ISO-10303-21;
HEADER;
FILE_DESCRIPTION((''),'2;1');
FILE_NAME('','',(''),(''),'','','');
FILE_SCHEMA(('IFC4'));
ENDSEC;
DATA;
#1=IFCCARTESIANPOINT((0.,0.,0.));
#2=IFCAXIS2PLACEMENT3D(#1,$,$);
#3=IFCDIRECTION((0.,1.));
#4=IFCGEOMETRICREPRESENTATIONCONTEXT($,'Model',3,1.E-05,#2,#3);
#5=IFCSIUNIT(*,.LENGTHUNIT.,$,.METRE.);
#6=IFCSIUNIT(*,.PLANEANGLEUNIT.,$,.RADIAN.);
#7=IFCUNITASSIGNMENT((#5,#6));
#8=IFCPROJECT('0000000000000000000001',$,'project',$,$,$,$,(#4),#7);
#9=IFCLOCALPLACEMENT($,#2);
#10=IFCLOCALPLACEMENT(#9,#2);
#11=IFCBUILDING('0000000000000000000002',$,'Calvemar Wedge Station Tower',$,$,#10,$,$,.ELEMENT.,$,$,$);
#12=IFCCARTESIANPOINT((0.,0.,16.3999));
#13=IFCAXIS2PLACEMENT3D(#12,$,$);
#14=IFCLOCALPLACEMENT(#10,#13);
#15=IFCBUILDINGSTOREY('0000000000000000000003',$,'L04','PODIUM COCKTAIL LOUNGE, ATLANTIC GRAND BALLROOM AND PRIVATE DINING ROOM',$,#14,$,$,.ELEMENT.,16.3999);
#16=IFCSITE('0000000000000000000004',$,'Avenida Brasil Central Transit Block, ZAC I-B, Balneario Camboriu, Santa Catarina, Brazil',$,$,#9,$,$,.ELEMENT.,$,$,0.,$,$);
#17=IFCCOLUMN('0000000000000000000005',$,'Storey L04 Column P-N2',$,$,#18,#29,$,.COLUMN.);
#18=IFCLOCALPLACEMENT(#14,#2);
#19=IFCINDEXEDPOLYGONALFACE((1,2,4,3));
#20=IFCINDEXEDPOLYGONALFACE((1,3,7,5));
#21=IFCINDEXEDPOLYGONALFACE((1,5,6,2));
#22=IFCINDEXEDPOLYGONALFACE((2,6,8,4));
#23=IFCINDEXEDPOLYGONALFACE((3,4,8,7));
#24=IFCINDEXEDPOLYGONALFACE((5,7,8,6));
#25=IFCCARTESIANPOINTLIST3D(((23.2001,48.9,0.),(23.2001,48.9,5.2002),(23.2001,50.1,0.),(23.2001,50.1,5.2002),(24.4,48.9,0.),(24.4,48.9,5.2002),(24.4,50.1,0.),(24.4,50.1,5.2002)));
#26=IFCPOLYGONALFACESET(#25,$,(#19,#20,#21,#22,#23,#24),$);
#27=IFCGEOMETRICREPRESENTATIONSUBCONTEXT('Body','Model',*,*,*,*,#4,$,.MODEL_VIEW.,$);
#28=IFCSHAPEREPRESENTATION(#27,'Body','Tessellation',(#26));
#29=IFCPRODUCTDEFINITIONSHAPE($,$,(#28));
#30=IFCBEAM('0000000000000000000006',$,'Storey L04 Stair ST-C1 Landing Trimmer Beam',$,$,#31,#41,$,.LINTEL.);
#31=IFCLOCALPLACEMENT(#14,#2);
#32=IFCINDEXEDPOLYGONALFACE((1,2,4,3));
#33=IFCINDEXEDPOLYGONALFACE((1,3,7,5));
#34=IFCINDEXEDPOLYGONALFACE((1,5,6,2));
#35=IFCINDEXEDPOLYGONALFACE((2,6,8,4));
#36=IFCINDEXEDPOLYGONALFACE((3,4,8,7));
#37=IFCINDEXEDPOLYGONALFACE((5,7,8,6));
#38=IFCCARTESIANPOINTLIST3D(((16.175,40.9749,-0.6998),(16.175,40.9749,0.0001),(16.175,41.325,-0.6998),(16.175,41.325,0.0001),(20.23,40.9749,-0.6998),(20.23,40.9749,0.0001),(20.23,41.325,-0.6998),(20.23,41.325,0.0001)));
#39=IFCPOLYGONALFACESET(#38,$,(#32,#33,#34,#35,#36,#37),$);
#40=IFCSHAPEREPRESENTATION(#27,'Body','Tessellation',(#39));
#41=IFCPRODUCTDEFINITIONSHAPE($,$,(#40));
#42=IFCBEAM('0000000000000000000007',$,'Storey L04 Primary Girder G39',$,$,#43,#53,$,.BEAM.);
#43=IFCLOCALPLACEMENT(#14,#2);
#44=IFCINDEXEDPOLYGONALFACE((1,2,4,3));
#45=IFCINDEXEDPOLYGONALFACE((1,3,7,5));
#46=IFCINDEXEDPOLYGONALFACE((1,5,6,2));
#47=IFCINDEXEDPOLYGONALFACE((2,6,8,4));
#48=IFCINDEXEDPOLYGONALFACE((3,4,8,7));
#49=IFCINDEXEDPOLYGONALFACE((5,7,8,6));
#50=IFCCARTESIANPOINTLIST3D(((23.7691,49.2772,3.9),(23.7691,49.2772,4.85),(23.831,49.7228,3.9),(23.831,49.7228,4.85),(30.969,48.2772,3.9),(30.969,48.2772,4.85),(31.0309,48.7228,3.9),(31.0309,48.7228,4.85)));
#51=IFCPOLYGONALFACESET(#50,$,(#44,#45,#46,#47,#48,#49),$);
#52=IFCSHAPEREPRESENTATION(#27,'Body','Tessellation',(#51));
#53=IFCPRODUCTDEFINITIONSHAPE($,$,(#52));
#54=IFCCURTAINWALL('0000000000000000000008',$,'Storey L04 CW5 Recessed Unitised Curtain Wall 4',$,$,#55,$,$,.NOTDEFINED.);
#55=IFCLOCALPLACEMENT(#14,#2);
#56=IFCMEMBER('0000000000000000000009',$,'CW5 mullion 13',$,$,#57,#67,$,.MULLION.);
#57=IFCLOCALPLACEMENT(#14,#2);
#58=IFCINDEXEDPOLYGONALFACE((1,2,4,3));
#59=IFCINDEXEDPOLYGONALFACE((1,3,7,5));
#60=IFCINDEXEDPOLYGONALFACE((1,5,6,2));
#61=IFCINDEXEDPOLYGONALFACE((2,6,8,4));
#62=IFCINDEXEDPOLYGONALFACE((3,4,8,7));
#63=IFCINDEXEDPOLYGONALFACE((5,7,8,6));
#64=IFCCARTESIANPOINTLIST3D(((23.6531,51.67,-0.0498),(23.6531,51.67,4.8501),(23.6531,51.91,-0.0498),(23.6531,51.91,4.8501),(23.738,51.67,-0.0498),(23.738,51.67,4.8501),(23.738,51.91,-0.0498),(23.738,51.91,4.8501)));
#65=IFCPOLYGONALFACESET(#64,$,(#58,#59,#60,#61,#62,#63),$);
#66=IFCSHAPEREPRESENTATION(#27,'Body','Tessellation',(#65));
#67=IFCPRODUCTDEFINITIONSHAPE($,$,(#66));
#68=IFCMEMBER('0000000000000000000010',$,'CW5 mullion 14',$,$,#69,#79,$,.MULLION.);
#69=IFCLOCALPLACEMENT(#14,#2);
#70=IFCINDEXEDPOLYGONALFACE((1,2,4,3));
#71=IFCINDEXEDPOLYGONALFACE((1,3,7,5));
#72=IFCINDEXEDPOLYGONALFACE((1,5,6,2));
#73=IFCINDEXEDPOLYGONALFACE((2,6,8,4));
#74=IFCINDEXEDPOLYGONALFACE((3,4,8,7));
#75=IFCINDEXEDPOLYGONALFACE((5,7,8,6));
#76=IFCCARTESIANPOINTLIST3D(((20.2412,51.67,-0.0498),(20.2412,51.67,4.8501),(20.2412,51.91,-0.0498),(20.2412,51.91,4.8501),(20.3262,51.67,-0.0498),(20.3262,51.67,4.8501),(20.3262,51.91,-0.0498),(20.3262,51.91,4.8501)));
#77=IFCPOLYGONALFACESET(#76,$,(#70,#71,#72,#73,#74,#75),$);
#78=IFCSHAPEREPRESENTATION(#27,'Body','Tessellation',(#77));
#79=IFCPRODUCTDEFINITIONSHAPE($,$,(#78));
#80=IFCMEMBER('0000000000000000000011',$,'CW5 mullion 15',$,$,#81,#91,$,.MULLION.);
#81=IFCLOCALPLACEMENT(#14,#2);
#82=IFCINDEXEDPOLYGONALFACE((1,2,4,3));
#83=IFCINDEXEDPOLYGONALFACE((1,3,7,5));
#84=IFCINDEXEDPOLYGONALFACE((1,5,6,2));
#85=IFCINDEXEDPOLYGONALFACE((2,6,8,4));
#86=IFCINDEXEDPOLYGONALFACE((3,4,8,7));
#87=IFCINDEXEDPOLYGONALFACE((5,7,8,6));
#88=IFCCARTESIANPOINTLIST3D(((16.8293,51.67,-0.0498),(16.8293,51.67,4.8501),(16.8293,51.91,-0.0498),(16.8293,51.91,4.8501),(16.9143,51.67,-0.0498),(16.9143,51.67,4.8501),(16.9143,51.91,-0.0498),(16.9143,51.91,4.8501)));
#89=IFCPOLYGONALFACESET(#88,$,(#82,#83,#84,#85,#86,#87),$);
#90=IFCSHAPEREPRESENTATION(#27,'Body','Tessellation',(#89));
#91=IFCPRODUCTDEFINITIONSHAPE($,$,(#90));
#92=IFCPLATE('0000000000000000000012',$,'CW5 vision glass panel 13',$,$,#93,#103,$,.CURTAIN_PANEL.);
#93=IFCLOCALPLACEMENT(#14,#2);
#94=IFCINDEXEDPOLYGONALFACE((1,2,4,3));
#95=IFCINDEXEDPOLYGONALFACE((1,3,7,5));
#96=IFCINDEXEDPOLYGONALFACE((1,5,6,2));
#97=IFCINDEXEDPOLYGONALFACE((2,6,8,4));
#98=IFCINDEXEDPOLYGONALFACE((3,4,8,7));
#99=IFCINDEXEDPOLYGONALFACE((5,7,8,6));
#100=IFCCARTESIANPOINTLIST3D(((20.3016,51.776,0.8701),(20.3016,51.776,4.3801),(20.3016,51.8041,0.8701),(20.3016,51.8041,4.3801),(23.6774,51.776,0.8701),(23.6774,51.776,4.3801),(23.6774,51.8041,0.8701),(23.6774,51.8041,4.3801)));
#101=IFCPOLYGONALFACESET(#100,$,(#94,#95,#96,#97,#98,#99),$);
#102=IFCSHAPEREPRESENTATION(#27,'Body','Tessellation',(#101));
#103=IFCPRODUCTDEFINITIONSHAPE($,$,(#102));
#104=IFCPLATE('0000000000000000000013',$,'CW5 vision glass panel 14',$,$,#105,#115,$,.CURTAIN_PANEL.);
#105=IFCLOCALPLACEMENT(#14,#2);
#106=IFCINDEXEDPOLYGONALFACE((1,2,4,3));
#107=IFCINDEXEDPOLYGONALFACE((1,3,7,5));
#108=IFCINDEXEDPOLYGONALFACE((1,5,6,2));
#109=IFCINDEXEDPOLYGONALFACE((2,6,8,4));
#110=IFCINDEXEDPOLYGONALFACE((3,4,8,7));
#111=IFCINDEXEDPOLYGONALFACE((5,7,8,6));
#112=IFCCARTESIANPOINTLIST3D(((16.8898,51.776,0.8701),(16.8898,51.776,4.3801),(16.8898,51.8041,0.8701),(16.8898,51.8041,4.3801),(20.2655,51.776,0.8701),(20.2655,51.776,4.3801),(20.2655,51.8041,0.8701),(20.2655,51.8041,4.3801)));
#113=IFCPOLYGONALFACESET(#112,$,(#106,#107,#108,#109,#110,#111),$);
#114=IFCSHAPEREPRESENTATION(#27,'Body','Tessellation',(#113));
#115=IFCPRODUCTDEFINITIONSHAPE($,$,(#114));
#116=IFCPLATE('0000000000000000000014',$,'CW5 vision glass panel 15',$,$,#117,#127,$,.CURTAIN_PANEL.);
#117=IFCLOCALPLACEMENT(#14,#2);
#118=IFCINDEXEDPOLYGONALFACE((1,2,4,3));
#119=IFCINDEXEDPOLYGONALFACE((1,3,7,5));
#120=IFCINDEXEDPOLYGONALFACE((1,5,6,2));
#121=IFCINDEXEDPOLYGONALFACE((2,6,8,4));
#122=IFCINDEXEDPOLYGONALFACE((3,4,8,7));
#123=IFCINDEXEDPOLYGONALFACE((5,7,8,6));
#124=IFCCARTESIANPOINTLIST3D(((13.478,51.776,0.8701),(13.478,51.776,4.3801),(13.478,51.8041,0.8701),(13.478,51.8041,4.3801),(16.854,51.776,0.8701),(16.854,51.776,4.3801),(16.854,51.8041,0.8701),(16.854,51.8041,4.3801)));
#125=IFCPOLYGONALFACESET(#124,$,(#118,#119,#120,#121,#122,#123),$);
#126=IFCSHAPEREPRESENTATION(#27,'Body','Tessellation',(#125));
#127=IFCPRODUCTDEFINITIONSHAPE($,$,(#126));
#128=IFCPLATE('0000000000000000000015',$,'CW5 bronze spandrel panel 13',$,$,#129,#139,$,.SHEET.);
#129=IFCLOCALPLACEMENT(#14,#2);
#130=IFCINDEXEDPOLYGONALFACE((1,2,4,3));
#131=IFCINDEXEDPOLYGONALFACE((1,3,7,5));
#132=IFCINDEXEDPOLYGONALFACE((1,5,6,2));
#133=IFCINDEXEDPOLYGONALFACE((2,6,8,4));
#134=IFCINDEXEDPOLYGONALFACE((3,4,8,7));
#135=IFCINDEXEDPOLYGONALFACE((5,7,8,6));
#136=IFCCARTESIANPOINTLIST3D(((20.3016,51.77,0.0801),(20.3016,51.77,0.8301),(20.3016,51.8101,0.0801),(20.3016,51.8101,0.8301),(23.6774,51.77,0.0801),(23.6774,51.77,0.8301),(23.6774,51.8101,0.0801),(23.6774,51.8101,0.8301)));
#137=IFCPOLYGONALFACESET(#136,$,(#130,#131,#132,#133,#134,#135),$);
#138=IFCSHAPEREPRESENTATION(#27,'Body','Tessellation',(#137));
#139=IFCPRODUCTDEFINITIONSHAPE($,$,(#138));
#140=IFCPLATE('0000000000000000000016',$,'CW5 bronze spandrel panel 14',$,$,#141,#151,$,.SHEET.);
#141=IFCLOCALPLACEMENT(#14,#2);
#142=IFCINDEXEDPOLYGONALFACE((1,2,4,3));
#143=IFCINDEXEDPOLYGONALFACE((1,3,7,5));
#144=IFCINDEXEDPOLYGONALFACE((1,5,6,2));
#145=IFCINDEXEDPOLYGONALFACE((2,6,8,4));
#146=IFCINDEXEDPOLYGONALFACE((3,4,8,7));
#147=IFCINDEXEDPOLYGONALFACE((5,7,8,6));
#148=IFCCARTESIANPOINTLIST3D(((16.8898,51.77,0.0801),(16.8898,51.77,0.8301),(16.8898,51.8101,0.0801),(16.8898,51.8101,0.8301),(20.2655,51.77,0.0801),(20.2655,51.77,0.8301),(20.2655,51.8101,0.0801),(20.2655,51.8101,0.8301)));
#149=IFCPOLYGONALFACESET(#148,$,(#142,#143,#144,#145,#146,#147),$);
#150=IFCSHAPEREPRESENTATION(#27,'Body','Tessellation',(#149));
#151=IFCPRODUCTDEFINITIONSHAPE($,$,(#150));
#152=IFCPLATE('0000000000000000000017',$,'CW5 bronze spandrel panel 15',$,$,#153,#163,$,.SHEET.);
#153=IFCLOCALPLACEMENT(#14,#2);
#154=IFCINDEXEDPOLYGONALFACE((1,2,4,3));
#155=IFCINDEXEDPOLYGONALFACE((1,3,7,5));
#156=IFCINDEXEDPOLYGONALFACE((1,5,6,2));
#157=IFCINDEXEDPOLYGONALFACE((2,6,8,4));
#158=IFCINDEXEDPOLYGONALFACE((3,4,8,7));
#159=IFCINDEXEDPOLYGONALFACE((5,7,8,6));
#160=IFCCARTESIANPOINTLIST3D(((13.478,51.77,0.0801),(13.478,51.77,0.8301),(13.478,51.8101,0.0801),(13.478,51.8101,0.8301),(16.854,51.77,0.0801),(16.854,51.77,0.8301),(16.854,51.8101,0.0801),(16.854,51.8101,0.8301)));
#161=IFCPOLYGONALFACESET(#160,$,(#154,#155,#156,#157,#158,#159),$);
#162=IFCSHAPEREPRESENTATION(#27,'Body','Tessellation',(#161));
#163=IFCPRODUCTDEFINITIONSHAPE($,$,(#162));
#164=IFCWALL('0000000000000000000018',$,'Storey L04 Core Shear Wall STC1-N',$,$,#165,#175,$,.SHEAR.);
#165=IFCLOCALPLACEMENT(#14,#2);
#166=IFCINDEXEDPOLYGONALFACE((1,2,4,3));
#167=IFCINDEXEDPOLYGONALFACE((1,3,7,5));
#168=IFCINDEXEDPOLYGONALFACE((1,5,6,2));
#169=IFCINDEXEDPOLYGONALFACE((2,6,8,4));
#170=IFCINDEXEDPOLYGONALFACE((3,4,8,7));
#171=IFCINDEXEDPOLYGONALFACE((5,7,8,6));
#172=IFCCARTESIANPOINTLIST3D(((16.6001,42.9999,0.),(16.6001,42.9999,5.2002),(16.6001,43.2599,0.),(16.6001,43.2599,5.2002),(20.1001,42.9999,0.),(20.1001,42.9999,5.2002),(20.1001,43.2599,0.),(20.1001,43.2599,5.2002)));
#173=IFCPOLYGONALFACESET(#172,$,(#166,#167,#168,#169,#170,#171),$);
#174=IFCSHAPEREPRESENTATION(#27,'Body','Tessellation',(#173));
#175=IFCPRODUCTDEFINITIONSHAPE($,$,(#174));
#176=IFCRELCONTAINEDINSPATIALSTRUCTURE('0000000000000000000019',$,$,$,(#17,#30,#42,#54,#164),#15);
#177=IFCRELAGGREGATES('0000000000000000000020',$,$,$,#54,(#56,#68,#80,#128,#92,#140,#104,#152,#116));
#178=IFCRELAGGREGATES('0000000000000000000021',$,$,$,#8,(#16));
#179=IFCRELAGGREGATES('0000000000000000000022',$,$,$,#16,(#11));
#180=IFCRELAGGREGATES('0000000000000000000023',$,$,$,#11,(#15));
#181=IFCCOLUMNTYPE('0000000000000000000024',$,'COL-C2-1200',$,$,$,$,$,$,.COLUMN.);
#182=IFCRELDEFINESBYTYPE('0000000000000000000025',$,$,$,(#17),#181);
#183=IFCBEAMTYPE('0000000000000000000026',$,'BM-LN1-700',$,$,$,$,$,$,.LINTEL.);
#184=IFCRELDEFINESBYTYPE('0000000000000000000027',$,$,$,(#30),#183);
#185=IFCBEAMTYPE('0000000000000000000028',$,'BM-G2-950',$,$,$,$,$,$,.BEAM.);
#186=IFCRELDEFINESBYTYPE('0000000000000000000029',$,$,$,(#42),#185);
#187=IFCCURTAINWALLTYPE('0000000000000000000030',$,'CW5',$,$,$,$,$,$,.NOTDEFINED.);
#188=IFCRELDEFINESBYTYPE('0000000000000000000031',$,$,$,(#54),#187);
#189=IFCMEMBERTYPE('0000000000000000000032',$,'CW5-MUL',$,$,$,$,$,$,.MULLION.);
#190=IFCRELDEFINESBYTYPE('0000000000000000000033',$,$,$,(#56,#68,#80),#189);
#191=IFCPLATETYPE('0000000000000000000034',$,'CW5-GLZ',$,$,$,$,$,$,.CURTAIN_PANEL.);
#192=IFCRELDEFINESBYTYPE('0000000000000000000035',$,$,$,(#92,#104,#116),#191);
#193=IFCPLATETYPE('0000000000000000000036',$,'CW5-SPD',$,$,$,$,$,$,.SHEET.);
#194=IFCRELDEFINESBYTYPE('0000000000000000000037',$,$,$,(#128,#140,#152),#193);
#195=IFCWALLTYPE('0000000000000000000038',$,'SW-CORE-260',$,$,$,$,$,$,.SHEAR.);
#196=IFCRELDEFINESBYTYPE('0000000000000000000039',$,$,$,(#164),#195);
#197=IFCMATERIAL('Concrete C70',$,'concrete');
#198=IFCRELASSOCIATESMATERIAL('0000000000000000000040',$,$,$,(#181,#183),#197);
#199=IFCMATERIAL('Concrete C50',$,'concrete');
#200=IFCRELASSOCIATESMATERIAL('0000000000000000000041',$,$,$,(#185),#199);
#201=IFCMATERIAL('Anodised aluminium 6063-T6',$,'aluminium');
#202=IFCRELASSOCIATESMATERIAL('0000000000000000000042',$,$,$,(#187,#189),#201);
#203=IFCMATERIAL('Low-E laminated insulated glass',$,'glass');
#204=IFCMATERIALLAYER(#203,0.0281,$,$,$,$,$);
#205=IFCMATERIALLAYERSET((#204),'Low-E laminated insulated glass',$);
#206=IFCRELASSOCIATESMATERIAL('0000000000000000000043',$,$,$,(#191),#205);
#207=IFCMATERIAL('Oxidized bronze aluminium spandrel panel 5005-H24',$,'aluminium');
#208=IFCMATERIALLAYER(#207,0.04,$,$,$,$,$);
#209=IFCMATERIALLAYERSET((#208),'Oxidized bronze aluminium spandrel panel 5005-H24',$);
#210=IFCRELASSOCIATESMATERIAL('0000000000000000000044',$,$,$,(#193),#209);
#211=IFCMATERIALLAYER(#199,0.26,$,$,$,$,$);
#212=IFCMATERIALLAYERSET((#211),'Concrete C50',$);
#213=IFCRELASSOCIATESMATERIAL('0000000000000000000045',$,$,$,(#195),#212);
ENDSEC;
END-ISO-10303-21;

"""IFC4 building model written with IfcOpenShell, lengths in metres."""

from ifc_helpers import new_model, si_unit, direction, frame, frame_2d, origin, origin_2d, place, context, subcontext, project, spatial, rectangle, extrude, source, transform, mapped, material, layer, layer_set, material_profile, profile_set, type_object, element, aggregate, save


model = new_model("IFC4")

# Units and contexts
model_context = context("Model", 3, precision=1e-05, world=origin(), true_north=direction((0.0, 1.0)))
body_context = subcontext(model_context, "Body", "Model", "MODEL_VIEW")
ifc_project = project(units=[si_unit("LENGTHUNIT", "METRE"), si_unit("PLANEANGLEUNIT", "RADIAN")], contexts=[model_context])

# Site, building, storey
site_placement = place(None, origin())
site = spatial("IfcSite", under=ifc_project, at=site_placement, Name="Avenida Brasil Central Transit Block, ZAC I-B, Balneario Camboriu, Santa Catarina, Brazil", CompositionType="ELEMENT", RefElevation=0.0)
building_placement = place(site_placement, origin())
building = spatial("IfcBuilding", under=site, at=building_placement, Name="Calvemar Wedge Station Tower", CompositionType="ELEMENT")
storey_placement = place(building_placement, frame((0.0, 0.0, 16.3999)))
storey = spatial("IfcBuildingStorey", under=building, at=storey_placement, Name="L04", Description="PODIUM COCKTAIL LOUNGE, ATLANTIC GRAND BALLROOM AND PRIVATE DINING ROOM", CompositionType="ELEMENT", Elevation=16.3999)

# Column
ifc_material_1 = material(Name="Concrete C70", Category="concrete")
ifc_material_profile_1 = material_profile(ifc_material_1, rectangle(XDim=1.2, YDim=1.2, at=origin_2d()), Name="RC1200x1200")
ifc_profile_set_1 = profile_set([ifc_material_profile_1], Name="Concrete C70")
column_type = type_object("IfcColumnType", Name="COL-C2-1200", PredefinedType="COLUMN", material=ifc_profile_set_1)
shared_shape_1 = source(origin(), body_context, "Body", "SweptSolid", [
    extrude(rectangle(XDim=1.2, YDim=1.2, at=origin_2d()), origin(), (0.0, 0.0, 1.0), 5.2002),
])
column_placement = place(storey_placement, frame((23.8, 49.5, 0.0), z_axis=(0.0, 0.0, 1.0), x_axis=(1.0, 0.0, 0.0)))
element("IfcColumn", 1, at=column_placement, inside=storey, type_object=column_type, Name="Storey L04 Column P-N2", PredefinedType="COLUMN", context=body_context, shape_type="MappedRepresentation", body=[
    mapped(shared_shape_1, transform((0.0, 0.0, 0.0), scale=1.0)),
])

# Beams
ifc_material_profile_2 = material_profile(ifc_material_1, rectangle(XDim=0.3501, YDim=0.7, at=origin_2d()), Name="RC350x700")
ifc_profile_set_2 = profile_set([ifc_material_profile_2], Name="Concrete C70")
beam_type_1 = type_object("IfcBeamType", Name="BM-LN1-700", PredefinedType="LINTEL", material=ifc_profile_set_2)
shared_shape_2 = source(origin(), body_context, "Body", "SweptSolid", [
    extrude(rectangle(XDim=0.3501, YDim=0.7, at=origin_2d()), origin(), (0.0, 0.0, 1.0), 4.0549),
])
beam_1_placement = place(storey_placement, frame((16.175, 41.1499, -0.3499), z_axis=(1.0, 0.0, 0.0), x_axis=(0.0, 1.0, 0.0)))
element("IfcBeam", 2, at=beam_1_placement, inside=storey, type_object=beam_type_1, Name="Storey L04 Stair ST-C1 Landing Trimmer Beam", PredefinedType="LINTEL", context=body_context, shape_type="MappedRepresentation", body=[
    mapped(shared_shape_2, transform((0.0, 0.0, 0.0), scale=1.0)),
])
ifc_material_2 = material(Name="Concrete C50", Category="concrete")
ifc_material_profile_3 = material_profile(ifc_material_2, rectangle(XDim=0.45, YDim=0.95, at=origin_2d()), Name="RC450x950")
ifc_profile_set_3 = profile_set([ifc_material_profile_3], Name="Concrete C50")
beam_type_2 = type_object("IfcBeamType", Name="BM-G2-950", PredefinedType="BEAM", material=ifc_profile_set_3)
shared_shape_3 = source(origin(), body_context, "Body", "SweptSolid", [
    extrude(rectangle(XDim=0.45, YDim=0.95, at=origin_2d()), origin(), (0.0, 0.0, 1.0), 7.269),
])
beam_2_placement = place(storey_placement, frame((23.8, 49.5, 4.375), z_axis=(0.990492, -0.137569, 0.0), x_axis=(0.137569, 0.990492, 0.0)))
element("IfcBeam", 3, at=beam_2_placement, inside=storey, type_object=beam_type_2, Name="Storey L04 Primary Girder G39", PredefinedType="BEAM", context=body_context, shape_type="MappedRepresentation", body=[
    mapped(shared_shape_3, transform((0.0, 0.0, 0.0), scale=1.0)),
])

# Curtain wall, members, plates
ifc_material_3 = material(Name="Anodised aluminium 6063-T6", Category="aluminium")
curtain_wall_type = type_object("IfcCurtainWallType", Name="CW5", PredefinedType="NOTDEFINED", material=ifc_material_3)
curtain_wall_placement = place(storey_placement, origin())
curtain_wall = element("IfcCurtainWall", 4, at=curtain_wall_placement, inside=storey, type_object=curtain_wall_type, Name="Storey L04 CW5 Recessed Unitised Curtain Wall 4", PredefinedType="NOTDEFINED")
ifc_material_profile_4 = material_profile(ifc_material_3, rectangle(XDim=0.085, YDim=0.24, at=origin_2d()), Name="AL-MUL-85x240")
ifc_profile_set_4 = profile_set([ifc_material_profile_4], Name="Anodised aluminium 6063-T6")
member_type = type_object("IfcMemberType", Name="CW5-MUL", PredefinedType="MULLION", material=ifc_profile_set_4)
shared_shape_4 = source(origin(), body_context, "Body", "SweptSolid", [
    extrude(rectangle(XDim=0.085, YDim=0.24, at=origin_2d()), origin(), (0.0, 0.0, 1.0), 4.8999),
])
member_1_placement = place(storey_placement, frame((23.6956, 51.79, -0.0498), z_axis=(0.0, 0.0, 1.0), x_axis=(1.0, 0.0, 0.0)))
member_1 = element("IfcMember", 5, at=member_1_placement, type_object=member_type, Name="CW5 mullion 13", PredefinedType="MULLION", context=body_context, shape_type="MappedRepresentation", body=[
    mapped(shared_shape_4, transform((0.0, 0.0, 0.0), scale=1.0)),
])
member_2_placement = place(storey_placement, frame((20.2837, 51.79, -0.0498), z_axis=(0.0, 0.0, 1.0), x_axis=(1.0, 0.0, 0.0)))
member_2 = element("IfcMember", 6, at=member_2_placement, type_object=member_type, Name="CW5 mullion 14", PredefinedType="MULLION", context=body_context, shape_type="MappedRepresentation", body=[
    mapped(shared_shape_4, transform((0.0, 0.0, 0.0), scale=1.0)),
])
member_3_placement = place(storey_placement, frame((16.8718, 51.79, -0.0498), z_axis=(0.0, 0.0, 1.0), x_axis=(1.0, 0.0, 0.0)))
member_3 = element("IfcMember", 7, at=member_3_placement, type_object=member_type, Name="CW5 mullion 15", PredefinedType="MULLION", context=body_context, shape_type="MappedRepresentation", body=[
    mapped(shared_shape_4, transform((0.0, 0.0, 0.0), scale=1.0)),
])
ifc_material_4 = material(Name="Low-E laminated insulated glass", Category="glass")
ifc_layer_1 = layer(ifc_material_4, 0.0281)
ifc_layer_set_1 = layer_set([ifc_layer_1], Name="Low-E laminated insulated glass")
plate_type_1 = type_object("IfcPlateType", Name="CW5-GLZ", PredefinedType="CURTAIN_PANEL", material=ifc_layer_set_1)
plate_1_placement = place(storey_placement, frame((23.6775, 51.79, 0.8701), z_axis=(0.0, 0.0, 1.0), x_axis=(-1.0, 0.0, 0.0)))
plate_1 = element("IfcPlate", 8, at=plate_1_placement, type_object=plate_type_1, Name="CW5 vision glass panel 13", PredefinedType="CURTAIN_PANEL", context=body_context, shape_type="SweptSolid", body=[
    extrude(rectangle(XDim=3.3757, YDim=0.0281, at=frame_2d((1.688, 0.0))), origin(), (0.0, 0.0, 1.0), 3.51),
])
plate_2_placement = place(storey_placement, frame((20.2656, 51.79, 0.8701), z_axis=(0.0, 0.0, 1.0), x_axis=(-1.0, 0.0, 0.0)))
plate_2 = element("IfcPlate", 9, at=plate_2_placement, type_object=plate_type_1, Name="CW5 vision glass panel 14", PredefinedType="CURTAIN_PANEL", context=body_context, shape_type="SweptSolid", body=[
    extrude(rectangle(XDim=3.3757, YDim=0.0281, at=frame_2d((1.688, 0.0))), origin(), (0.0, 0.0, 1.0), 3.51),
])
plate_3_placement = place(storey_placement, frame((16.854, 51.79, 0.8701), z_axis=(0.0, 0.0, 1.0), x_axis=(-1.0, 0.0, 0.0)))
plate_3 = element("IfcPlate", 10, at=plate_3_placement, type_object=plate_type_1, Name="CW5 vision glass panel 15", PredefinedType="CURTAIN_PANEL", context=body_context, shape_type="SweptSolid", body=[
    extrude(rectangle(XDim=3.376, YDim=0.0281, at=frame_2d((1.688, 0.0))), origin(), (0.0, 0.0, 1.0), 3.51),
])
ifc_material_5 = material(Name="Oxidized bronze aluminium spandrel panel 5005-H24", Category="aluminium")
ifc_layer_2 = layer(ifc_material_5, 0.04)
ifc_layer_set_2 = layer_set([ifc_layer_2], Name="Oxidized bronze aluminium spandrel panel 5005-H24")
plate_type_2 = type_object("IfcPlateType", Name="CW5-SPD", PredefinedType="SHEET", material=ifc_layer_set_2)
plate_4_placement = place(storey_placement, frame((23.6775, 51.79, 0.0801), z_axis=(0.0, 0.0, 1.0), x_axis=(-1.0, 0.0, 0.0)))
plate_4 = element("IfcPlate", 11, at=plate_4_placement, type_object=plate_type_2, Name="CW5 bronze spandrel panel 13", PredefinedType="SHEET", context=body_context, shape_type="SweptSolid", body=[
    extrude(rectangle(XDim=3.3757, YDim=0.04, at=frame_2d((1.688, 0.0))), origin(), (0.0, 0.0, 1.0), 0.75),
])
plate_5_placement = place(storey_placement, frame((20.2656, 51.79, 0.0801), z_axis=(0.0, 0.0, 1.0), x_axis=(-1.0, 0.0, 0.0)))
plate_5 = element("IfcPlate", 12, at=plate_5_placement, type_object=plate_type_2, Name="CW5 bronze spandrel panel 14", PredefinedType="SHEET", context=body_context, shape_type="SweptSolid", body=[
    extrude(rectangle(XDim=3.3757, YDim=0.04, at=frame_2d((1.688, 0.0))), origin(), (0.0, 0.0, 1.0), 0.75),
])
plate_6_placement = place(storey_placement, frame((16.854, 51.79, 0.0801), z_axis=(0.0, 0.0, 1.0), x_axis=(-1.0, 0.0, 0.0)))
plate_6 = element("IfcPlate", 13, at=plate_6_placement, type_object=plate_type_2, Name="CW5 bronze spandrel panel 15", PredefinedType="SHEET", context=body_context, shape_type="SweptSolid", body=[
    extrude(rectangle(XDim=3.376, YDim=0.04, at=frame_2d((1.688, 0.0))), origin(), (0.0, 0.0, 1.0), 0.75),
])
aggregate(curtain_wall, [member_1, member_2, member_3, plate_4, plate_1, plate_5, plate_2, plate_6, plate_3])

# Wall
ifc_layer_3 = layer(ifc_material_2, 0.26)
ifc_layer_set_3 = layer_set([ifc_layer_3], Name="Concrete C50")
wall_type_1 = type_object("IfcWallType", Name="SW-CORE-260", PredefinedType="SHEAR", material=ifc_layer_set_3)
wall_1_placement = place(storey_placement, frame((16.6001, 43.1299, 0.0), z_axis=(0.0, 0.0, 1.0), x_axis=(1.0, 0.0, 0.0)))
element("IfcWall", 14, at=wall_1_placement, inside=storey, type_object=wall_type_1, Name="Storey L04 Core Shear Wall STC1-N", PredefinedType="SHEAR", context=body_context, shape_type="SweptSolid", body=[
    extrude(rectangle(XDim=3.5, YDim=0.26, at=frame_2d((1.75, 0.0))), origin(), (0.0, 0.0, 1.0), 5.2002),
])

save(model, "model.ifc")
